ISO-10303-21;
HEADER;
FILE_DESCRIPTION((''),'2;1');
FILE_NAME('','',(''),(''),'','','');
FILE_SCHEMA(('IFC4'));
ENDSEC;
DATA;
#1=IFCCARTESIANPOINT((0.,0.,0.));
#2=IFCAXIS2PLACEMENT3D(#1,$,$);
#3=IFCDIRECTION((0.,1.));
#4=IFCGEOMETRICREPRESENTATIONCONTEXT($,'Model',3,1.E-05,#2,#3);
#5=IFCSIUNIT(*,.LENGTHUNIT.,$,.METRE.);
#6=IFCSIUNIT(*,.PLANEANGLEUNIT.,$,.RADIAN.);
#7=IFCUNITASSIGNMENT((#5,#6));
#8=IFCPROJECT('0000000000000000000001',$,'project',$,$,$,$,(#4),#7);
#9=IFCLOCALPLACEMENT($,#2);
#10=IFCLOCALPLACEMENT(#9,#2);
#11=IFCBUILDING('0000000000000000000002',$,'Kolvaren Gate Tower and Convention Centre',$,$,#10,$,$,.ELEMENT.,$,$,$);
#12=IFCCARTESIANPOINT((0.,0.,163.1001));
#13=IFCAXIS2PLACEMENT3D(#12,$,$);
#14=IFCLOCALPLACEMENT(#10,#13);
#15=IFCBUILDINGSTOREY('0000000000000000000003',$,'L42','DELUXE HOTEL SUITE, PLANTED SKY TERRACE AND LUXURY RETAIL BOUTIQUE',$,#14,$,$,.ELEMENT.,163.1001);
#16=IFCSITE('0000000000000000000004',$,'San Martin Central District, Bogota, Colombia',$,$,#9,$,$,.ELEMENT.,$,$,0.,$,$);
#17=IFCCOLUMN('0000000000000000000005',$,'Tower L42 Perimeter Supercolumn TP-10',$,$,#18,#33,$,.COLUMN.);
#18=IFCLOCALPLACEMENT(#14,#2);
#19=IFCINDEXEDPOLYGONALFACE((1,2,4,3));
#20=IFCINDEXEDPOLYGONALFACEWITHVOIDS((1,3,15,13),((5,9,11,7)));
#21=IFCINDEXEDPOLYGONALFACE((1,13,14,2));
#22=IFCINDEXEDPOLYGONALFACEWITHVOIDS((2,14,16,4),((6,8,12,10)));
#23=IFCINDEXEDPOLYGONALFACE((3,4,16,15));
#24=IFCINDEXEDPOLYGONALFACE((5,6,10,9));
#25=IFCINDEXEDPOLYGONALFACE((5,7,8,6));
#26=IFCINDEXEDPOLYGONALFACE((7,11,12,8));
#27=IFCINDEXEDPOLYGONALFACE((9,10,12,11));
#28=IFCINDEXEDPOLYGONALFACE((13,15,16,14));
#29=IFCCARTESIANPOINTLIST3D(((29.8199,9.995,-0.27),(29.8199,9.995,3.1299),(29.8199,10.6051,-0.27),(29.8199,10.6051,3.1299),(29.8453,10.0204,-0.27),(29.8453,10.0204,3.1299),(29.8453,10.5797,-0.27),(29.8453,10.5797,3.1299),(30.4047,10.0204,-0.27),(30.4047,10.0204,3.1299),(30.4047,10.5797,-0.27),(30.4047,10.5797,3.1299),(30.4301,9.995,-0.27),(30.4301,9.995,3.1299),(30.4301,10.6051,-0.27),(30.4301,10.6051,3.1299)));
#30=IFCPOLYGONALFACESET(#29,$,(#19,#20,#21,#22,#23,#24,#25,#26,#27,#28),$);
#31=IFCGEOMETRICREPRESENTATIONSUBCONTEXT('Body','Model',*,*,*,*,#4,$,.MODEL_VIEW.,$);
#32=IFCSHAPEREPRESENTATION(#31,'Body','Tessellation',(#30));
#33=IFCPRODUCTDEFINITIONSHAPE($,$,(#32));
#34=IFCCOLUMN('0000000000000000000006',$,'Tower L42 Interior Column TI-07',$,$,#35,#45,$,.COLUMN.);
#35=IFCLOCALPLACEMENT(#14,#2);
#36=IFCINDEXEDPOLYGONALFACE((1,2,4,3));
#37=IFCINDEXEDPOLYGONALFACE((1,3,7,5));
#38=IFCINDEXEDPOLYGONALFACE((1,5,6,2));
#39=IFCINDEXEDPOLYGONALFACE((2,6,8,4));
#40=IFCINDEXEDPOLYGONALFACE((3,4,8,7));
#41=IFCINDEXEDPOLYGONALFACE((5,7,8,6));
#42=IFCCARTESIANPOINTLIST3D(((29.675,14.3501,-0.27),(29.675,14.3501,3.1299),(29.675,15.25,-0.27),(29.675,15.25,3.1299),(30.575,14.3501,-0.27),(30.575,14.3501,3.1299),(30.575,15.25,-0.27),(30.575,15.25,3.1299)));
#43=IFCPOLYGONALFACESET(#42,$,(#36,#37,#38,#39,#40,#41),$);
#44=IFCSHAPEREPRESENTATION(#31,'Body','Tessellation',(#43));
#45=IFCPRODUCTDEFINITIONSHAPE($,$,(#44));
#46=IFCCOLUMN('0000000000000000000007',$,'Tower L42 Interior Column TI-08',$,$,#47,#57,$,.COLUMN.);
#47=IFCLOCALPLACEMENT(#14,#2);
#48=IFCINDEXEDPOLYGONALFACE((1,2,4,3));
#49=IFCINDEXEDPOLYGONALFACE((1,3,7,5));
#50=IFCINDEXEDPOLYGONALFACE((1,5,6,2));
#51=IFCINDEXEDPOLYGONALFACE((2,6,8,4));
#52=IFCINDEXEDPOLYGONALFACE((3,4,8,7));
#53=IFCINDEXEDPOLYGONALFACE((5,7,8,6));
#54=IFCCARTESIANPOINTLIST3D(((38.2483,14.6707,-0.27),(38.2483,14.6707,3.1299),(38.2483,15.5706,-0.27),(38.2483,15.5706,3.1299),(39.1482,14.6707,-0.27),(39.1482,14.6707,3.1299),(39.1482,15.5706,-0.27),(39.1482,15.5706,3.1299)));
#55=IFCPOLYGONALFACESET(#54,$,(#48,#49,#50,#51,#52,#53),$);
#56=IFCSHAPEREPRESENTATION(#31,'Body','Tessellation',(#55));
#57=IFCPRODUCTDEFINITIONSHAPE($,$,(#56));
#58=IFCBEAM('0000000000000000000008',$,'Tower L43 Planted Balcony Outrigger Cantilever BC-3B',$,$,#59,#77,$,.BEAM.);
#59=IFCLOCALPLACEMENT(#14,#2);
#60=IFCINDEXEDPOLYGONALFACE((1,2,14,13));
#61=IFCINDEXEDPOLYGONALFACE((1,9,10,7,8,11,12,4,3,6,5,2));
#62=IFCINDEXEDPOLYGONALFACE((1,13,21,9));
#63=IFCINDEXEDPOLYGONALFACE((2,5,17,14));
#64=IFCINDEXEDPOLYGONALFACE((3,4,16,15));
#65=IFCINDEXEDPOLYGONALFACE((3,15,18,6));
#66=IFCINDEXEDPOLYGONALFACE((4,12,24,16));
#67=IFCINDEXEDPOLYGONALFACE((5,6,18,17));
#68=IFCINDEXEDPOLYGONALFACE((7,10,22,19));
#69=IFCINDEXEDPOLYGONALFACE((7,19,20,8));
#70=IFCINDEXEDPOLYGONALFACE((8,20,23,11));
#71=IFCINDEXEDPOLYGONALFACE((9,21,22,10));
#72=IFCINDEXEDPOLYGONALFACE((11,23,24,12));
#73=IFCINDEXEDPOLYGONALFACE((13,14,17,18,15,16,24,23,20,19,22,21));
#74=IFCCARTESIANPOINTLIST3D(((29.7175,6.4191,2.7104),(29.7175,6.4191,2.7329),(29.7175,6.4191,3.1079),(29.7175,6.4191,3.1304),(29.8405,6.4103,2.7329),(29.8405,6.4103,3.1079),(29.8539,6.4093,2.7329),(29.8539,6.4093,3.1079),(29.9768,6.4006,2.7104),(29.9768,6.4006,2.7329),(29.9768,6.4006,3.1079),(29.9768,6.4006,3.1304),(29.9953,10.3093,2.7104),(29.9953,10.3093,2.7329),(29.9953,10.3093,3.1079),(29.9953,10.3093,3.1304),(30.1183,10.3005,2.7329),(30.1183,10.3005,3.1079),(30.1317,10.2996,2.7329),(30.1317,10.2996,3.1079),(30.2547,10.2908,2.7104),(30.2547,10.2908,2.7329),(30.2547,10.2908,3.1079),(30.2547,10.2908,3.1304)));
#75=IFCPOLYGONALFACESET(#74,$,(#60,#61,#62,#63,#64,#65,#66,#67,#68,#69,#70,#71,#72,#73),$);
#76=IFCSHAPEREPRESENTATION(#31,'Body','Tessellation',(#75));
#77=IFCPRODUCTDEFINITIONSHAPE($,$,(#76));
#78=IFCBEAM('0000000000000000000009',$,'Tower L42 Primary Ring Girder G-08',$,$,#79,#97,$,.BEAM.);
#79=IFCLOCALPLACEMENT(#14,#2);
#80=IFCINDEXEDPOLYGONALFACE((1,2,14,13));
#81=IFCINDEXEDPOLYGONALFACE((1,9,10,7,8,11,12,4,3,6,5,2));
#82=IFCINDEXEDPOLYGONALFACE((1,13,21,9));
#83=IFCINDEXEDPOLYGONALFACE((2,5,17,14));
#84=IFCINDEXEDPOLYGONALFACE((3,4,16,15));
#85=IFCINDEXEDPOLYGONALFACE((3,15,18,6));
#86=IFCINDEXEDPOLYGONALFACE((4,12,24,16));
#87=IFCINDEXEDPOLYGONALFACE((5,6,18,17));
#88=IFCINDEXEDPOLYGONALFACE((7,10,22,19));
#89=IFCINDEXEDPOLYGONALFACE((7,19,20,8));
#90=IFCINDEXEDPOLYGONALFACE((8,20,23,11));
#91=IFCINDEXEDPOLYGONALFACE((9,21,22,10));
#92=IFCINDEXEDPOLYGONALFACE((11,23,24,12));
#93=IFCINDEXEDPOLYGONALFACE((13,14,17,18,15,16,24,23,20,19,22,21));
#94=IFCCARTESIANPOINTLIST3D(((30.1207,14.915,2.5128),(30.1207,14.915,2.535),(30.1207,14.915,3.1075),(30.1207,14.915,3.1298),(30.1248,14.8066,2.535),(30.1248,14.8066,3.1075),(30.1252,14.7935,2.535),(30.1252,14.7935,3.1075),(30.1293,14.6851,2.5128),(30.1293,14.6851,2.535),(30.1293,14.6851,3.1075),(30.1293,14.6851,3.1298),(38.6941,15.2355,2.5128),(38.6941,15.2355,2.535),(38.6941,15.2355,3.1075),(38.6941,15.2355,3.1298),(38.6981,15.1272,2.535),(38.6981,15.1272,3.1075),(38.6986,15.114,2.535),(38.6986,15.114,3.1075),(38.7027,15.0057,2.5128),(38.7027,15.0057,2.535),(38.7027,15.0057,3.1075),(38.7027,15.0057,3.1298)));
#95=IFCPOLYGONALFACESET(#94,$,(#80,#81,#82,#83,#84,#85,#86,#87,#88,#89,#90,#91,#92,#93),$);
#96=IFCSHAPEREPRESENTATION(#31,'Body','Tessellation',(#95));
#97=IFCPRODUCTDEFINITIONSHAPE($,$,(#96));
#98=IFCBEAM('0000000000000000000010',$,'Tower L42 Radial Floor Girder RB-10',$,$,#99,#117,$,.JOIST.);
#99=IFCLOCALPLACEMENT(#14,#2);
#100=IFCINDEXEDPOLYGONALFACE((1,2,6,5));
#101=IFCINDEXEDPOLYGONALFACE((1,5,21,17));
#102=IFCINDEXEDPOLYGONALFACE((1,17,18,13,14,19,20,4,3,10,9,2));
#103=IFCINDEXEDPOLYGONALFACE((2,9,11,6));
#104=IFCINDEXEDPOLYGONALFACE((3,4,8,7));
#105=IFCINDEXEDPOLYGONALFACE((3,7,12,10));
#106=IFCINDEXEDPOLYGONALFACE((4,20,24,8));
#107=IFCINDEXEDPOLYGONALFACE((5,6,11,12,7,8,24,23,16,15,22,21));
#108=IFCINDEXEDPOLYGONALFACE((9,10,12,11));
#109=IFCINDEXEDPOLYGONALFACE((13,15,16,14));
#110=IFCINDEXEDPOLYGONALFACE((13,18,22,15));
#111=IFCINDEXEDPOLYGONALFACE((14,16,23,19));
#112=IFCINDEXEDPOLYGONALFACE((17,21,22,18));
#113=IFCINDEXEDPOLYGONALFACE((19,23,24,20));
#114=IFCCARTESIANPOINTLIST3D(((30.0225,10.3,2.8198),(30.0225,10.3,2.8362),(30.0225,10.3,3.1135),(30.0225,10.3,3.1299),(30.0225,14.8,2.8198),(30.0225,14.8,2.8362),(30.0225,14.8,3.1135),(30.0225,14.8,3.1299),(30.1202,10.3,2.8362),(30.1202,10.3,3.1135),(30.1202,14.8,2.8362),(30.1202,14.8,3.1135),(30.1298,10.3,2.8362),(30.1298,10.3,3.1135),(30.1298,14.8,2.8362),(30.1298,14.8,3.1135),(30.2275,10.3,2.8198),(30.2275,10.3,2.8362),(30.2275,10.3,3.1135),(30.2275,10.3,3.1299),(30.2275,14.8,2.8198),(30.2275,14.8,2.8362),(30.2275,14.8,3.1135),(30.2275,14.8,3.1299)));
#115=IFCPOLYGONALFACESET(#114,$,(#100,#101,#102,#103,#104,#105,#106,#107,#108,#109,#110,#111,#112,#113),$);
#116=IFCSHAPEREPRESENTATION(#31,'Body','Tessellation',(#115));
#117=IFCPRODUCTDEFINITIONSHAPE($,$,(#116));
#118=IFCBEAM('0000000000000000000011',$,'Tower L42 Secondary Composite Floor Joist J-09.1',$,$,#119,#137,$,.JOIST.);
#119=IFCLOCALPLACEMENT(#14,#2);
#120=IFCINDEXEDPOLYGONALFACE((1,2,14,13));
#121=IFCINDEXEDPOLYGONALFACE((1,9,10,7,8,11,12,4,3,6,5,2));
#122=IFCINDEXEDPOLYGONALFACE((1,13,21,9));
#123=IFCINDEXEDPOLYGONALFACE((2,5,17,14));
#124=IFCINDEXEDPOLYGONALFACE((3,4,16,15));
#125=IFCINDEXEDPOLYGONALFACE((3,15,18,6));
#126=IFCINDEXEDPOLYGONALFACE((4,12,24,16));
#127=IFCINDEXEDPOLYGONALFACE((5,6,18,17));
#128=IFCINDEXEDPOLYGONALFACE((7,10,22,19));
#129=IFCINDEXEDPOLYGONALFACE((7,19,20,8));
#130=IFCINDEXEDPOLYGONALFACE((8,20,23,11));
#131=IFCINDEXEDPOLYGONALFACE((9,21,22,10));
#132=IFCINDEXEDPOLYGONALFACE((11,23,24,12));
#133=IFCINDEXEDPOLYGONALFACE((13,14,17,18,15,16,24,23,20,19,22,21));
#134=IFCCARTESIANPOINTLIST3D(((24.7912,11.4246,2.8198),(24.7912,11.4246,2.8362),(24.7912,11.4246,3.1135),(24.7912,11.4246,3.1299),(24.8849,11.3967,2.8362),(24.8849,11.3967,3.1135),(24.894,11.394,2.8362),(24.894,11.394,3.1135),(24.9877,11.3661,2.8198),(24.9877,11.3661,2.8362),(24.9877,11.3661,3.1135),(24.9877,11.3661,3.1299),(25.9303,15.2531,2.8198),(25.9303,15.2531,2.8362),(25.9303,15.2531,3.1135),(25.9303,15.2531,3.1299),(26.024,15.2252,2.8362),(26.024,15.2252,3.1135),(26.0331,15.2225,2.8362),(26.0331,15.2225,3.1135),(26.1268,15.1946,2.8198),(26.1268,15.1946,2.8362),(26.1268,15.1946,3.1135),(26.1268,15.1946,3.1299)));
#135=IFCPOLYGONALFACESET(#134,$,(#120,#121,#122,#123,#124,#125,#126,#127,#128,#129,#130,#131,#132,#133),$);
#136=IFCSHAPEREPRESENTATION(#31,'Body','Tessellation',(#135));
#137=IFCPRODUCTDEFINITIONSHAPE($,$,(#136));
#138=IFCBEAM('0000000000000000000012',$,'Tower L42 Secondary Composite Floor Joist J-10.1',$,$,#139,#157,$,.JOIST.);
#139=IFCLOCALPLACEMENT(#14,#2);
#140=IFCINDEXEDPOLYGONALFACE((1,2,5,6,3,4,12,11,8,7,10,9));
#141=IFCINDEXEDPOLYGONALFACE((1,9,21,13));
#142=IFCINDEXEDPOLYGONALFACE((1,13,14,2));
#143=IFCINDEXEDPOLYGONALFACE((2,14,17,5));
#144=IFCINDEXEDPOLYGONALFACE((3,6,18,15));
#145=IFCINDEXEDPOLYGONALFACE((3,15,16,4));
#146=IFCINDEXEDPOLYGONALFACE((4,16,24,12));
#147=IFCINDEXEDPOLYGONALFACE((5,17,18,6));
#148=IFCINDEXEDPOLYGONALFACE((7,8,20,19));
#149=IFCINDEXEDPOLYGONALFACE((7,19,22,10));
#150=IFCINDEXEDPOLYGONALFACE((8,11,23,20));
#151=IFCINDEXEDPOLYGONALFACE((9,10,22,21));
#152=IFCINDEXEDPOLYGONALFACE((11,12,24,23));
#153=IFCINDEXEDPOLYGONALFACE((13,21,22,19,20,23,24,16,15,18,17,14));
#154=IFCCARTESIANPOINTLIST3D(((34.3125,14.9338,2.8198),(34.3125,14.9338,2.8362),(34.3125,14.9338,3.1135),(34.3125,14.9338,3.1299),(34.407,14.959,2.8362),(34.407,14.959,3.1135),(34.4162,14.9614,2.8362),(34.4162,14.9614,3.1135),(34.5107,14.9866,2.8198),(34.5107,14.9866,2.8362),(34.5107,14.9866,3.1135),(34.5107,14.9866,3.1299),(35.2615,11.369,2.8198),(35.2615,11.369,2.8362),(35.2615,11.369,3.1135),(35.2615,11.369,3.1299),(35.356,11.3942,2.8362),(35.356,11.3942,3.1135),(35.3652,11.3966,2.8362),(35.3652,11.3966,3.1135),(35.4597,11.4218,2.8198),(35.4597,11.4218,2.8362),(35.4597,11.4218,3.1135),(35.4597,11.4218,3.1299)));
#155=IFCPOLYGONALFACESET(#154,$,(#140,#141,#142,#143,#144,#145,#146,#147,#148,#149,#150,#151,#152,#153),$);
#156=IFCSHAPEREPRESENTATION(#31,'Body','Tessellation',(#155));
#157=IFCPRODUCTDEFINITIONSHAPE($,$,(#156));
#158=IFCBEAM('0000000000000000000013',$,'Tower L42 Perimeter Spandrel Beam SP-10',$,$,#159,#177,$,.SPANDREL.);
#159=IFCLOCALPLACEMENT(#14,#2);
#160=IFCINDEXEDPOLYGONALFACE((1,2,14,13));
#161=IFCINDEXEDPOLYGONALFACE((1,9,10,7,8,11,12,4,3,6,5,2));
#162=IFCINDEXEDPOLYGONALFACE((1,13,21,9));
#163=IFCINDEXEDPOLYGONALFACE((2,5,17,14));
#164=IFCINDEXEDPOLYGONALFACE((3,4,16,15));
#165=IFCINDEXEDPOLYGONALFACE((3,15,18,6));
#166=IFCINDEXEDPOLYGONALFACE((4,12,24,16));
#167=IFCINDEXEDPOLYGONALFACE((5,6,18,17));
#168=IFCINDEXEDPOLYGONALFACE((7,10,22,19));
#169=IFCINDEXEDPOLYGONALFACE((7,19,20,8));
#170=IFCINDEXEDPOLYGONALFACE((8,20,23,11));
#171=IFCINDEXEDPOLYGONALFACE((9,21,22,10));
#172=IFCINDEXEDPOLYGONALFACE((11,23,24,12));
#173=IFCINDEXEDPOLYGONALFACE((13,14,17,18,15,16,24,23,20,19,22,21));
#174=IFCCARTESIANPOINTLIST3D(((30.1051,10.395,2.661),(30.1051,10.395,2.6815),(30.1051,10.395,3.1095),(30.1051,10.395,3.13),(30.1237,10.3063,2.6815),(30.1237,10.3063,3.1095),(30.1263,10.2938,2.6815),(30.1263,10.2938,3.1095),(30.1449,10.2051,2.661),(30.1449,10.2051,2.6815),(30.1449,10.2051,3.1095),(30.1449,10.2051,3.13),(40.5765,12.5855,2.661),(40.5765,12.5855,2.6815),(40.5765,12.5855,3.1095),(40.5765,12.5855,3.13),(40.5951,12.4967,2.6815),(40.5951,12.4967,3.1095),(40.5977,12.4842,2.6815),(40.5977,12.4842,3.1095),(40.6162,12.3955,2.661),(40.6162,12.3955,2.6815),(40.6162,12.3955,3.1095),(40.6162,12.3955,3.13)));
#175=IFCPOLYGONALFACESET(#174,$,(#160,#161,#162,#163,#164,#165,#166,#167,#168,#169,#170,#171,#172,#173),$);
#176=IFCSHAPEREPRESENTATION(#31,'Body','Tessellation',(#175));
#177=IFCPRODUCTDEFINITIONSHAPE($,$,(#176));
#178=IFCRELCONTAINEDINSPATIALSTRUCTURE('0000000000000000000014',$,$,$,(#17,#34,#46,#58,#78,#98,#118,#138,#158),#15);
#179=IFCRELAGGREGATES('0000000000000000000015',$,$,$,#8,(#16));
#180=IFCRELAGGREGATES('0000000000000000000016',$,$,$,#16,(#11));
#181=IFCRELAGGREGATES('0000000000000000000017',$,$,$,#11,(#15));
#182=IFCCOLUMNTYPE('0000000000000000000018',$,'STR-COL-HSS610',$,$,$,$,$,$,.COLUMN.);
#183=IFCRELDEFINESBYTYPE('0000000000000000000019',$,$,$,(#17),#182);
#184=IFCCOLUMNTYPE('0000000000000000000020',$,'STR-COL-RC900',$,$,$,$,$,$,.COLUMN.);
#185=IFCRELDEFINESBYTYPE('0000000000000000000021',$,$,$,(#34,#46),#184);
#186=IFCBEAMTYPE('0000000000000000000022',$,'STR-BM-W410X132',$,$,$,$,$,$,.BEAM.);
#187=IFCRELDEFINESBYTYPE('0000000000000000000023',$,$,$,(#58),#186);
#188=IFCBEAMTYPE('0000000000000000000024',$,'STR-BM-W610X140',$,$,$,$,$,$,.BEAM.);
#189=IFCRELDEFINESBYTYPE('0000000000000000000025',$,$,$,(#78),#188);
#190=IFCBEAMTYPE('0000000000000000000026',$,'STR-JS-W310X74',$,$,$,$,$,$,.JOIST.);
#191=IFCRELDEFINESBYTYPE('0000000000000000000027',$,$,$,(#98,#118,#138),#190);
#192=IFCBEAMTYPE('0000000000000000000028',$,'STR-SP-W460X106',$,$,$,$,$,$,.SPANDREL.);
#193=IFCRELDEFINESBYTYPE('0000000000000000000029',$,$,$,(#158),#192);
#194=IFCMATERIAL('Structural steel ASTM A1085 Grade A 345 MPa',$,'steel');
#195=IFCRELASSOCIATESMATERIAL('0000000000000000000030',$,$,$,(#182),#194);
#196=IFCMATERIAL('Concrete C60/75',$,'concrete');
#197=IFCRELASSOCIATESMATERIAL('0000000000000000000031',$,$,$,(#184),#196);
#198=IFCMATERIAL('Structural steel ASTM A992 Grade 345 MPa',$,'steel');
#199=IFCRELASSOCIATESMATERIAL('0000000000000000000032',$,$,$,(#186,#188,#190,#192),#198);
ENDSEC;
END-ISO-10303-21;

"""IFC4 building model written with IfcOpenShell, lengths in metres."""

from ifc_helpers import new_model, si_unit, direction, frame, origin, origin_2d, place, context, subcontext, project, spatial, rectangle, hollow_rectangle, i_section, extrude, material, material_profile, profile_set, type_object, element, save


model = new_model("IFC4")

# Units and contexts
model_context = context("Model", 3, precision=1e-05, world=origin(), true_north=direction((0.0, 1.0)))
body_context = subcontext(model_context, "Body", "Model", "MODEL_VIEW")
ifc_project = project(units=[si_unit("LENGTHUNIT", "METRE"), si_unit("PLANEANGLEUNIT", "RADIAN")], contexts=[model_context])

# Site, building, storey
site_placement = place(None, origin())
site = spatial("IfcSite", under=ifc_project, at=site_placement, Name="San Martin Central District, Bogota, Colombia", CompositionType="ELEMENT", RefElevation=0.0)
building_placement = place(site_placement, origin())
building = spatial("IfcBuilding", under=site, at=building_placement, Name="Kolvaren Gate Tower and Convention Centre", CompositionType="ELEMENT")
storey_placement = place(building_placement, frame((0.0, 0.0, 163.1001)))
storey = spatial("IfcBuildingStorey", under=building, at=storey_placement, Name="L42", Description="DELUXE HOTEL SUITE, PLANTED SKY TERRACE AND LUXURY RETAIL BOUTIQUE", CompositionType="ELEMENT", Elevation=163.1001)

# Columns
ifc_material_1 = material(Name="Structural steel ASTM A1085 Grade A 345 MPa", Category="steel")
ifc_material_profile_1 = material_profile(ifc_material_1, hollow_rectangle(XDim=0.6101, YDim=0.6101, WallThickness=0.0254, at=origin_2d()), Name="HSS610X610X25.4")
ifc_profile_set_1 = profile_set([ifc_material_profile_1], Name="Structural steel ASTM A1085 Grade A 345 MPa")
column_type_1 = type_object("IfcColumnType", Name="STR-COL-HSS610", PredefinedType="COLUMN", material=ifc_profile_set_1)
column_placement = place(storey_placement, frame((30.125, 10.3, -0.27), z_axis=(0.0, 0.0, 1.0), x_axis=(1.0, 0.0, 0.0)))
element("IfcColumn", 1, at=column_placement, inside=storey, type_object=column_type_1, Name="Tower L42 Perimeter Supercolumn TP-10", PredefinedType="COLUMN", context=body_context, shape_type="SweptSolid", body=[
    extrude(hollow_rectangle(XDim=0.6101, YDim=0.6101, WallThickness=0.0254, at=origin_2d()), origin(), (0.0, 0.0, 1.0), 3.3999),
])
ifc_material_2 = material(Name="Concrete C60/75", Category="concrete")
ifc_material_profile_2 = material_profile(ifc_material_2, rectangle(XDim=0.8999, YDim=0.8999, at=origin_2d()), Name="RC-COL-900X900")
ifc_profile_set_2 = profile_set([ifc_material_profile_2], Name="Concrete C60/75")
column_type_2 = type_object("IfcColumnType", Name="STR-COL-RC900", PredefinedType="COLUMN", material=ifc_profile_set_2)
for number, where, z_axis, x_axis, name in (
    (2, (30.125, 14.8, -0.27), (0.0, 0.0, 1.0), (1.0, 0.0, 0.0), "Tower L42 Interior Column TI-07"),
    (3, (38.6982, 15.1206, -0.27), (0.0, 0.0, 1.0), (1.0, 0.0, 0.0), "Tower L42 Interior Column TI-08"),
):
    element("IfcColumn", number, at=place(storey_placement, frame(where, z_axis=z_axis, x_axis=x_axis)), inside=storey, type_object=column_type_2, Name=name, PredefinedType="COLUMN", context=body_context, shape_type="SweptSolid", body=[
        extrude(rectangle(XDim=0.8999, YDim=0.8999, at=origin_2d()), origin(), (0.0, 0.0, 1.0), 3.3999),
    ])

# Beams
ifc_material_3 = material(Name="Structural steel ASTM A992 Grade 345 MPa", Category="steel")
ifc_material_profile_3 = material_profile(ifc_material_3, i_section(OverallWidth=0.26, OverallDepth=0.4199, WebThickness=0.0134, FlangeThickness=0.0225, at=origin_2d()), Name="W410X132")
ifc_profile_set_3 = profile_set([ifc_material_profile_3], Name="Structural steel ASTM A992 Grade 345 MPa")
beam_type_1 = type_object("IfcBeamType", Name="STR-BM-W410X132", PredefinedType="BEAM", material=ifc_profile_set_3)
beam_1_placement = place(storey_placement, frame((30.125, 10.3, 2.9204), z_axis=(-0.071238, -0.997459, 0.0), x_axis=(0.997459, -0.071238, 0.0)))
element("IfcBeam", 4, at=beam_1_placement, inside=storey, type_object=beam_type_1, Name="Tower L43 Planted Balcony Outrigger Cantilever BC-3B", PredefinedType="BEAM", context=body_context, shape_type="SweptSolid", body=[
    extrude(i_section(OverallWidth=0.26, OverallDepth=0.4199, WebThickness=0.0134, FlangeThickness=0.0225, at=origin_2d()), origin(), (0.0, 0.0, 1.0), 3.9001),
])
ifc_material_profile_4 = material_profile(ifc_material_3, i_section(OverallWidth=0.23, OverallDepth=0.6169, WebThickness=0.0132, FlangeThickness=0.0222, at=origin_2d()), Name="W610X140")
ifc_profile_set_4 = profile_set([ifc_material_profile_4], Name="Structural steel ASTM A992 Grade 345 MPa")
beam_type_2 = type_object("IfcBeamType", Name="STR-BM-W610X140", PredefinedType="BEAM", material=ifc_profile_set_4)
beam_2_placement = place(storey_placement, frame((30.125, 14.8, 2.8213), z_axis=(0.999302, 0.037364, 0.0), x_axis=(-0.037364, 0.999302, 0.0)))
element("IfcBeam", 5, at=beam_2_placement, inside=storey, type_object=beam_type_2, Name="Tower L42 Primary Ring Girder G-08", PredefinedType="BEAM", context=body_context, shape_type="SweptSolid", body=[
    extrude(i_section(OverallWidth=0.23, OverallDepth=0.6169, WebThickness=0.0132, FlangeThickness=0.0222, at=origin_2d()), origin(), (0.0, 0.0, 1.0), 8.5793),
])
ifc_material_profile_5 = material_profile(ifc_material_3, i_section(OverallWidth=0.2051, OverallDepth=0.3101, WebThickness=0.0095, FlangeThickness=0.0164, at=origin_2d()), Name="W310X74")
ifc_profile_set_5 = profile_set([ifc_material_profile_5], Name="Structural steel ASTM A992 Grade 345 MPa")
beam_type_3 = type_object("IfcBeamType", Name="STR-JS-W310X74", PredefinedType="JOIST", material=ifc_profile_set_5)
beam_3_placement = place(storey_placement, frame((30.125, 14.8, 2.9749), z_axis=(0.0, -1.0, 0.0), x_axis=(1.0, 0.0, 0.0)))
element("IfcBeam", 6, at=beam_3_placement, inside=storey, type_object=beam_type_3, Name="Tower L42 Radial Floor Girder RB-10", PredefinedType="JOIST", context=body_context, shape_type="SweptSolid", body=[
    extrude(i_section(OverallWidth=0.2051, OverallDepth=0.3101, WebThickness=0.0095, FlangeThickness=0.0164, at=origin_2d()), origin(), (0.0, 0.0, 1.0), 4.5),
])
beam_4_placement = place(storey_placement, frame((26.0286, 15.2239, 2.9749), z_axis=(-0.285183, -0.958473, 0.0), x_axis=(0.958473, -0.285183, 0.0)))
element("IfcBeam", 7, at=beam_4_placement, inside=storey, type_object=beam_type_3, Name="Tower L42 Secondary Composite Floor Joist J-09.1", PredefinedType="JOIST", context=body_context, shape_type="SweptSolid", body=[
    extrude(i_section(OverallWidth=0.2051, OverallDepth=0.3101, WebThickness=0.0095, FlangeThickness=0.0164, at=origin_2d()), origin(), (0.0, 0.0, 1.0), 3.9944),
])
beam_5_placement = place(storey_placement, frame((34.4116, 14.9602, 2.9749), z_axis=(0.257238, -0.966348, 0.0), x_axis=(0.966348, 0.257238, 0.0)))
element("IfcBeam", 8, at=beam_5_placement, inside=storey, type_object=beam_type_3, Name="Tower L42 Secondary Composite Floor Joist J-10.1", PredefinedType="JOIST", context=body_context, shape_type="SweptSolid", body=[
    extrude(i_section(OverallWidth=0.2051, OverallDepth=0.3101, WebThickness=0.0095, FlangeThickness=0.0164, at=origin_2d()), origin(), (0.0, 0.0, 1.0), 3.689),
])
ifc_material_profile_6 = material_profile(ifc_material_3, i_section(OverallWidth=0.1941, OverallDepth=0.469, WebThickness=0.0127, FlangeThickness=0.0205, at=origin_2d()), Name="W460X106")
ifc_profile_set_6 = profile_set([ifc_material_profile_6], Name="Structural steel ASTM A992 Grade 345 MPa")
beam_type_4 = type_object("IfcBeamType", Name="STR-SP-W460X106", PredefinedType="SPANDREL", material=ifc_profile_set_6)
beam_6_placement = place(storey_placement, frame((30.125, 10.3, 2.8955), z_axis=(0.978814, 0.20475, 0.0), x_axis=(-0.20475, 0.978814, 0.0)))
element("IfcBeam", 9, at=beam_6_placement, inside=storey, type_object=beam_type_4, Name="Tower L42 Perimeter Spandrel Beam SP-10", PredefinedType="SPANDREL", context=body_context, shape_type="SweptSolid", body=[
    extrude(i_section(OverallWidth=0.1941, OverallDepth=0.469, WebThickness=0.0127, FlangeThickness=0.0205, at=origin_2d()), origin(), (0.0, 0.0, 1.0), 10.698),
])

save(model, "model.ifc")
